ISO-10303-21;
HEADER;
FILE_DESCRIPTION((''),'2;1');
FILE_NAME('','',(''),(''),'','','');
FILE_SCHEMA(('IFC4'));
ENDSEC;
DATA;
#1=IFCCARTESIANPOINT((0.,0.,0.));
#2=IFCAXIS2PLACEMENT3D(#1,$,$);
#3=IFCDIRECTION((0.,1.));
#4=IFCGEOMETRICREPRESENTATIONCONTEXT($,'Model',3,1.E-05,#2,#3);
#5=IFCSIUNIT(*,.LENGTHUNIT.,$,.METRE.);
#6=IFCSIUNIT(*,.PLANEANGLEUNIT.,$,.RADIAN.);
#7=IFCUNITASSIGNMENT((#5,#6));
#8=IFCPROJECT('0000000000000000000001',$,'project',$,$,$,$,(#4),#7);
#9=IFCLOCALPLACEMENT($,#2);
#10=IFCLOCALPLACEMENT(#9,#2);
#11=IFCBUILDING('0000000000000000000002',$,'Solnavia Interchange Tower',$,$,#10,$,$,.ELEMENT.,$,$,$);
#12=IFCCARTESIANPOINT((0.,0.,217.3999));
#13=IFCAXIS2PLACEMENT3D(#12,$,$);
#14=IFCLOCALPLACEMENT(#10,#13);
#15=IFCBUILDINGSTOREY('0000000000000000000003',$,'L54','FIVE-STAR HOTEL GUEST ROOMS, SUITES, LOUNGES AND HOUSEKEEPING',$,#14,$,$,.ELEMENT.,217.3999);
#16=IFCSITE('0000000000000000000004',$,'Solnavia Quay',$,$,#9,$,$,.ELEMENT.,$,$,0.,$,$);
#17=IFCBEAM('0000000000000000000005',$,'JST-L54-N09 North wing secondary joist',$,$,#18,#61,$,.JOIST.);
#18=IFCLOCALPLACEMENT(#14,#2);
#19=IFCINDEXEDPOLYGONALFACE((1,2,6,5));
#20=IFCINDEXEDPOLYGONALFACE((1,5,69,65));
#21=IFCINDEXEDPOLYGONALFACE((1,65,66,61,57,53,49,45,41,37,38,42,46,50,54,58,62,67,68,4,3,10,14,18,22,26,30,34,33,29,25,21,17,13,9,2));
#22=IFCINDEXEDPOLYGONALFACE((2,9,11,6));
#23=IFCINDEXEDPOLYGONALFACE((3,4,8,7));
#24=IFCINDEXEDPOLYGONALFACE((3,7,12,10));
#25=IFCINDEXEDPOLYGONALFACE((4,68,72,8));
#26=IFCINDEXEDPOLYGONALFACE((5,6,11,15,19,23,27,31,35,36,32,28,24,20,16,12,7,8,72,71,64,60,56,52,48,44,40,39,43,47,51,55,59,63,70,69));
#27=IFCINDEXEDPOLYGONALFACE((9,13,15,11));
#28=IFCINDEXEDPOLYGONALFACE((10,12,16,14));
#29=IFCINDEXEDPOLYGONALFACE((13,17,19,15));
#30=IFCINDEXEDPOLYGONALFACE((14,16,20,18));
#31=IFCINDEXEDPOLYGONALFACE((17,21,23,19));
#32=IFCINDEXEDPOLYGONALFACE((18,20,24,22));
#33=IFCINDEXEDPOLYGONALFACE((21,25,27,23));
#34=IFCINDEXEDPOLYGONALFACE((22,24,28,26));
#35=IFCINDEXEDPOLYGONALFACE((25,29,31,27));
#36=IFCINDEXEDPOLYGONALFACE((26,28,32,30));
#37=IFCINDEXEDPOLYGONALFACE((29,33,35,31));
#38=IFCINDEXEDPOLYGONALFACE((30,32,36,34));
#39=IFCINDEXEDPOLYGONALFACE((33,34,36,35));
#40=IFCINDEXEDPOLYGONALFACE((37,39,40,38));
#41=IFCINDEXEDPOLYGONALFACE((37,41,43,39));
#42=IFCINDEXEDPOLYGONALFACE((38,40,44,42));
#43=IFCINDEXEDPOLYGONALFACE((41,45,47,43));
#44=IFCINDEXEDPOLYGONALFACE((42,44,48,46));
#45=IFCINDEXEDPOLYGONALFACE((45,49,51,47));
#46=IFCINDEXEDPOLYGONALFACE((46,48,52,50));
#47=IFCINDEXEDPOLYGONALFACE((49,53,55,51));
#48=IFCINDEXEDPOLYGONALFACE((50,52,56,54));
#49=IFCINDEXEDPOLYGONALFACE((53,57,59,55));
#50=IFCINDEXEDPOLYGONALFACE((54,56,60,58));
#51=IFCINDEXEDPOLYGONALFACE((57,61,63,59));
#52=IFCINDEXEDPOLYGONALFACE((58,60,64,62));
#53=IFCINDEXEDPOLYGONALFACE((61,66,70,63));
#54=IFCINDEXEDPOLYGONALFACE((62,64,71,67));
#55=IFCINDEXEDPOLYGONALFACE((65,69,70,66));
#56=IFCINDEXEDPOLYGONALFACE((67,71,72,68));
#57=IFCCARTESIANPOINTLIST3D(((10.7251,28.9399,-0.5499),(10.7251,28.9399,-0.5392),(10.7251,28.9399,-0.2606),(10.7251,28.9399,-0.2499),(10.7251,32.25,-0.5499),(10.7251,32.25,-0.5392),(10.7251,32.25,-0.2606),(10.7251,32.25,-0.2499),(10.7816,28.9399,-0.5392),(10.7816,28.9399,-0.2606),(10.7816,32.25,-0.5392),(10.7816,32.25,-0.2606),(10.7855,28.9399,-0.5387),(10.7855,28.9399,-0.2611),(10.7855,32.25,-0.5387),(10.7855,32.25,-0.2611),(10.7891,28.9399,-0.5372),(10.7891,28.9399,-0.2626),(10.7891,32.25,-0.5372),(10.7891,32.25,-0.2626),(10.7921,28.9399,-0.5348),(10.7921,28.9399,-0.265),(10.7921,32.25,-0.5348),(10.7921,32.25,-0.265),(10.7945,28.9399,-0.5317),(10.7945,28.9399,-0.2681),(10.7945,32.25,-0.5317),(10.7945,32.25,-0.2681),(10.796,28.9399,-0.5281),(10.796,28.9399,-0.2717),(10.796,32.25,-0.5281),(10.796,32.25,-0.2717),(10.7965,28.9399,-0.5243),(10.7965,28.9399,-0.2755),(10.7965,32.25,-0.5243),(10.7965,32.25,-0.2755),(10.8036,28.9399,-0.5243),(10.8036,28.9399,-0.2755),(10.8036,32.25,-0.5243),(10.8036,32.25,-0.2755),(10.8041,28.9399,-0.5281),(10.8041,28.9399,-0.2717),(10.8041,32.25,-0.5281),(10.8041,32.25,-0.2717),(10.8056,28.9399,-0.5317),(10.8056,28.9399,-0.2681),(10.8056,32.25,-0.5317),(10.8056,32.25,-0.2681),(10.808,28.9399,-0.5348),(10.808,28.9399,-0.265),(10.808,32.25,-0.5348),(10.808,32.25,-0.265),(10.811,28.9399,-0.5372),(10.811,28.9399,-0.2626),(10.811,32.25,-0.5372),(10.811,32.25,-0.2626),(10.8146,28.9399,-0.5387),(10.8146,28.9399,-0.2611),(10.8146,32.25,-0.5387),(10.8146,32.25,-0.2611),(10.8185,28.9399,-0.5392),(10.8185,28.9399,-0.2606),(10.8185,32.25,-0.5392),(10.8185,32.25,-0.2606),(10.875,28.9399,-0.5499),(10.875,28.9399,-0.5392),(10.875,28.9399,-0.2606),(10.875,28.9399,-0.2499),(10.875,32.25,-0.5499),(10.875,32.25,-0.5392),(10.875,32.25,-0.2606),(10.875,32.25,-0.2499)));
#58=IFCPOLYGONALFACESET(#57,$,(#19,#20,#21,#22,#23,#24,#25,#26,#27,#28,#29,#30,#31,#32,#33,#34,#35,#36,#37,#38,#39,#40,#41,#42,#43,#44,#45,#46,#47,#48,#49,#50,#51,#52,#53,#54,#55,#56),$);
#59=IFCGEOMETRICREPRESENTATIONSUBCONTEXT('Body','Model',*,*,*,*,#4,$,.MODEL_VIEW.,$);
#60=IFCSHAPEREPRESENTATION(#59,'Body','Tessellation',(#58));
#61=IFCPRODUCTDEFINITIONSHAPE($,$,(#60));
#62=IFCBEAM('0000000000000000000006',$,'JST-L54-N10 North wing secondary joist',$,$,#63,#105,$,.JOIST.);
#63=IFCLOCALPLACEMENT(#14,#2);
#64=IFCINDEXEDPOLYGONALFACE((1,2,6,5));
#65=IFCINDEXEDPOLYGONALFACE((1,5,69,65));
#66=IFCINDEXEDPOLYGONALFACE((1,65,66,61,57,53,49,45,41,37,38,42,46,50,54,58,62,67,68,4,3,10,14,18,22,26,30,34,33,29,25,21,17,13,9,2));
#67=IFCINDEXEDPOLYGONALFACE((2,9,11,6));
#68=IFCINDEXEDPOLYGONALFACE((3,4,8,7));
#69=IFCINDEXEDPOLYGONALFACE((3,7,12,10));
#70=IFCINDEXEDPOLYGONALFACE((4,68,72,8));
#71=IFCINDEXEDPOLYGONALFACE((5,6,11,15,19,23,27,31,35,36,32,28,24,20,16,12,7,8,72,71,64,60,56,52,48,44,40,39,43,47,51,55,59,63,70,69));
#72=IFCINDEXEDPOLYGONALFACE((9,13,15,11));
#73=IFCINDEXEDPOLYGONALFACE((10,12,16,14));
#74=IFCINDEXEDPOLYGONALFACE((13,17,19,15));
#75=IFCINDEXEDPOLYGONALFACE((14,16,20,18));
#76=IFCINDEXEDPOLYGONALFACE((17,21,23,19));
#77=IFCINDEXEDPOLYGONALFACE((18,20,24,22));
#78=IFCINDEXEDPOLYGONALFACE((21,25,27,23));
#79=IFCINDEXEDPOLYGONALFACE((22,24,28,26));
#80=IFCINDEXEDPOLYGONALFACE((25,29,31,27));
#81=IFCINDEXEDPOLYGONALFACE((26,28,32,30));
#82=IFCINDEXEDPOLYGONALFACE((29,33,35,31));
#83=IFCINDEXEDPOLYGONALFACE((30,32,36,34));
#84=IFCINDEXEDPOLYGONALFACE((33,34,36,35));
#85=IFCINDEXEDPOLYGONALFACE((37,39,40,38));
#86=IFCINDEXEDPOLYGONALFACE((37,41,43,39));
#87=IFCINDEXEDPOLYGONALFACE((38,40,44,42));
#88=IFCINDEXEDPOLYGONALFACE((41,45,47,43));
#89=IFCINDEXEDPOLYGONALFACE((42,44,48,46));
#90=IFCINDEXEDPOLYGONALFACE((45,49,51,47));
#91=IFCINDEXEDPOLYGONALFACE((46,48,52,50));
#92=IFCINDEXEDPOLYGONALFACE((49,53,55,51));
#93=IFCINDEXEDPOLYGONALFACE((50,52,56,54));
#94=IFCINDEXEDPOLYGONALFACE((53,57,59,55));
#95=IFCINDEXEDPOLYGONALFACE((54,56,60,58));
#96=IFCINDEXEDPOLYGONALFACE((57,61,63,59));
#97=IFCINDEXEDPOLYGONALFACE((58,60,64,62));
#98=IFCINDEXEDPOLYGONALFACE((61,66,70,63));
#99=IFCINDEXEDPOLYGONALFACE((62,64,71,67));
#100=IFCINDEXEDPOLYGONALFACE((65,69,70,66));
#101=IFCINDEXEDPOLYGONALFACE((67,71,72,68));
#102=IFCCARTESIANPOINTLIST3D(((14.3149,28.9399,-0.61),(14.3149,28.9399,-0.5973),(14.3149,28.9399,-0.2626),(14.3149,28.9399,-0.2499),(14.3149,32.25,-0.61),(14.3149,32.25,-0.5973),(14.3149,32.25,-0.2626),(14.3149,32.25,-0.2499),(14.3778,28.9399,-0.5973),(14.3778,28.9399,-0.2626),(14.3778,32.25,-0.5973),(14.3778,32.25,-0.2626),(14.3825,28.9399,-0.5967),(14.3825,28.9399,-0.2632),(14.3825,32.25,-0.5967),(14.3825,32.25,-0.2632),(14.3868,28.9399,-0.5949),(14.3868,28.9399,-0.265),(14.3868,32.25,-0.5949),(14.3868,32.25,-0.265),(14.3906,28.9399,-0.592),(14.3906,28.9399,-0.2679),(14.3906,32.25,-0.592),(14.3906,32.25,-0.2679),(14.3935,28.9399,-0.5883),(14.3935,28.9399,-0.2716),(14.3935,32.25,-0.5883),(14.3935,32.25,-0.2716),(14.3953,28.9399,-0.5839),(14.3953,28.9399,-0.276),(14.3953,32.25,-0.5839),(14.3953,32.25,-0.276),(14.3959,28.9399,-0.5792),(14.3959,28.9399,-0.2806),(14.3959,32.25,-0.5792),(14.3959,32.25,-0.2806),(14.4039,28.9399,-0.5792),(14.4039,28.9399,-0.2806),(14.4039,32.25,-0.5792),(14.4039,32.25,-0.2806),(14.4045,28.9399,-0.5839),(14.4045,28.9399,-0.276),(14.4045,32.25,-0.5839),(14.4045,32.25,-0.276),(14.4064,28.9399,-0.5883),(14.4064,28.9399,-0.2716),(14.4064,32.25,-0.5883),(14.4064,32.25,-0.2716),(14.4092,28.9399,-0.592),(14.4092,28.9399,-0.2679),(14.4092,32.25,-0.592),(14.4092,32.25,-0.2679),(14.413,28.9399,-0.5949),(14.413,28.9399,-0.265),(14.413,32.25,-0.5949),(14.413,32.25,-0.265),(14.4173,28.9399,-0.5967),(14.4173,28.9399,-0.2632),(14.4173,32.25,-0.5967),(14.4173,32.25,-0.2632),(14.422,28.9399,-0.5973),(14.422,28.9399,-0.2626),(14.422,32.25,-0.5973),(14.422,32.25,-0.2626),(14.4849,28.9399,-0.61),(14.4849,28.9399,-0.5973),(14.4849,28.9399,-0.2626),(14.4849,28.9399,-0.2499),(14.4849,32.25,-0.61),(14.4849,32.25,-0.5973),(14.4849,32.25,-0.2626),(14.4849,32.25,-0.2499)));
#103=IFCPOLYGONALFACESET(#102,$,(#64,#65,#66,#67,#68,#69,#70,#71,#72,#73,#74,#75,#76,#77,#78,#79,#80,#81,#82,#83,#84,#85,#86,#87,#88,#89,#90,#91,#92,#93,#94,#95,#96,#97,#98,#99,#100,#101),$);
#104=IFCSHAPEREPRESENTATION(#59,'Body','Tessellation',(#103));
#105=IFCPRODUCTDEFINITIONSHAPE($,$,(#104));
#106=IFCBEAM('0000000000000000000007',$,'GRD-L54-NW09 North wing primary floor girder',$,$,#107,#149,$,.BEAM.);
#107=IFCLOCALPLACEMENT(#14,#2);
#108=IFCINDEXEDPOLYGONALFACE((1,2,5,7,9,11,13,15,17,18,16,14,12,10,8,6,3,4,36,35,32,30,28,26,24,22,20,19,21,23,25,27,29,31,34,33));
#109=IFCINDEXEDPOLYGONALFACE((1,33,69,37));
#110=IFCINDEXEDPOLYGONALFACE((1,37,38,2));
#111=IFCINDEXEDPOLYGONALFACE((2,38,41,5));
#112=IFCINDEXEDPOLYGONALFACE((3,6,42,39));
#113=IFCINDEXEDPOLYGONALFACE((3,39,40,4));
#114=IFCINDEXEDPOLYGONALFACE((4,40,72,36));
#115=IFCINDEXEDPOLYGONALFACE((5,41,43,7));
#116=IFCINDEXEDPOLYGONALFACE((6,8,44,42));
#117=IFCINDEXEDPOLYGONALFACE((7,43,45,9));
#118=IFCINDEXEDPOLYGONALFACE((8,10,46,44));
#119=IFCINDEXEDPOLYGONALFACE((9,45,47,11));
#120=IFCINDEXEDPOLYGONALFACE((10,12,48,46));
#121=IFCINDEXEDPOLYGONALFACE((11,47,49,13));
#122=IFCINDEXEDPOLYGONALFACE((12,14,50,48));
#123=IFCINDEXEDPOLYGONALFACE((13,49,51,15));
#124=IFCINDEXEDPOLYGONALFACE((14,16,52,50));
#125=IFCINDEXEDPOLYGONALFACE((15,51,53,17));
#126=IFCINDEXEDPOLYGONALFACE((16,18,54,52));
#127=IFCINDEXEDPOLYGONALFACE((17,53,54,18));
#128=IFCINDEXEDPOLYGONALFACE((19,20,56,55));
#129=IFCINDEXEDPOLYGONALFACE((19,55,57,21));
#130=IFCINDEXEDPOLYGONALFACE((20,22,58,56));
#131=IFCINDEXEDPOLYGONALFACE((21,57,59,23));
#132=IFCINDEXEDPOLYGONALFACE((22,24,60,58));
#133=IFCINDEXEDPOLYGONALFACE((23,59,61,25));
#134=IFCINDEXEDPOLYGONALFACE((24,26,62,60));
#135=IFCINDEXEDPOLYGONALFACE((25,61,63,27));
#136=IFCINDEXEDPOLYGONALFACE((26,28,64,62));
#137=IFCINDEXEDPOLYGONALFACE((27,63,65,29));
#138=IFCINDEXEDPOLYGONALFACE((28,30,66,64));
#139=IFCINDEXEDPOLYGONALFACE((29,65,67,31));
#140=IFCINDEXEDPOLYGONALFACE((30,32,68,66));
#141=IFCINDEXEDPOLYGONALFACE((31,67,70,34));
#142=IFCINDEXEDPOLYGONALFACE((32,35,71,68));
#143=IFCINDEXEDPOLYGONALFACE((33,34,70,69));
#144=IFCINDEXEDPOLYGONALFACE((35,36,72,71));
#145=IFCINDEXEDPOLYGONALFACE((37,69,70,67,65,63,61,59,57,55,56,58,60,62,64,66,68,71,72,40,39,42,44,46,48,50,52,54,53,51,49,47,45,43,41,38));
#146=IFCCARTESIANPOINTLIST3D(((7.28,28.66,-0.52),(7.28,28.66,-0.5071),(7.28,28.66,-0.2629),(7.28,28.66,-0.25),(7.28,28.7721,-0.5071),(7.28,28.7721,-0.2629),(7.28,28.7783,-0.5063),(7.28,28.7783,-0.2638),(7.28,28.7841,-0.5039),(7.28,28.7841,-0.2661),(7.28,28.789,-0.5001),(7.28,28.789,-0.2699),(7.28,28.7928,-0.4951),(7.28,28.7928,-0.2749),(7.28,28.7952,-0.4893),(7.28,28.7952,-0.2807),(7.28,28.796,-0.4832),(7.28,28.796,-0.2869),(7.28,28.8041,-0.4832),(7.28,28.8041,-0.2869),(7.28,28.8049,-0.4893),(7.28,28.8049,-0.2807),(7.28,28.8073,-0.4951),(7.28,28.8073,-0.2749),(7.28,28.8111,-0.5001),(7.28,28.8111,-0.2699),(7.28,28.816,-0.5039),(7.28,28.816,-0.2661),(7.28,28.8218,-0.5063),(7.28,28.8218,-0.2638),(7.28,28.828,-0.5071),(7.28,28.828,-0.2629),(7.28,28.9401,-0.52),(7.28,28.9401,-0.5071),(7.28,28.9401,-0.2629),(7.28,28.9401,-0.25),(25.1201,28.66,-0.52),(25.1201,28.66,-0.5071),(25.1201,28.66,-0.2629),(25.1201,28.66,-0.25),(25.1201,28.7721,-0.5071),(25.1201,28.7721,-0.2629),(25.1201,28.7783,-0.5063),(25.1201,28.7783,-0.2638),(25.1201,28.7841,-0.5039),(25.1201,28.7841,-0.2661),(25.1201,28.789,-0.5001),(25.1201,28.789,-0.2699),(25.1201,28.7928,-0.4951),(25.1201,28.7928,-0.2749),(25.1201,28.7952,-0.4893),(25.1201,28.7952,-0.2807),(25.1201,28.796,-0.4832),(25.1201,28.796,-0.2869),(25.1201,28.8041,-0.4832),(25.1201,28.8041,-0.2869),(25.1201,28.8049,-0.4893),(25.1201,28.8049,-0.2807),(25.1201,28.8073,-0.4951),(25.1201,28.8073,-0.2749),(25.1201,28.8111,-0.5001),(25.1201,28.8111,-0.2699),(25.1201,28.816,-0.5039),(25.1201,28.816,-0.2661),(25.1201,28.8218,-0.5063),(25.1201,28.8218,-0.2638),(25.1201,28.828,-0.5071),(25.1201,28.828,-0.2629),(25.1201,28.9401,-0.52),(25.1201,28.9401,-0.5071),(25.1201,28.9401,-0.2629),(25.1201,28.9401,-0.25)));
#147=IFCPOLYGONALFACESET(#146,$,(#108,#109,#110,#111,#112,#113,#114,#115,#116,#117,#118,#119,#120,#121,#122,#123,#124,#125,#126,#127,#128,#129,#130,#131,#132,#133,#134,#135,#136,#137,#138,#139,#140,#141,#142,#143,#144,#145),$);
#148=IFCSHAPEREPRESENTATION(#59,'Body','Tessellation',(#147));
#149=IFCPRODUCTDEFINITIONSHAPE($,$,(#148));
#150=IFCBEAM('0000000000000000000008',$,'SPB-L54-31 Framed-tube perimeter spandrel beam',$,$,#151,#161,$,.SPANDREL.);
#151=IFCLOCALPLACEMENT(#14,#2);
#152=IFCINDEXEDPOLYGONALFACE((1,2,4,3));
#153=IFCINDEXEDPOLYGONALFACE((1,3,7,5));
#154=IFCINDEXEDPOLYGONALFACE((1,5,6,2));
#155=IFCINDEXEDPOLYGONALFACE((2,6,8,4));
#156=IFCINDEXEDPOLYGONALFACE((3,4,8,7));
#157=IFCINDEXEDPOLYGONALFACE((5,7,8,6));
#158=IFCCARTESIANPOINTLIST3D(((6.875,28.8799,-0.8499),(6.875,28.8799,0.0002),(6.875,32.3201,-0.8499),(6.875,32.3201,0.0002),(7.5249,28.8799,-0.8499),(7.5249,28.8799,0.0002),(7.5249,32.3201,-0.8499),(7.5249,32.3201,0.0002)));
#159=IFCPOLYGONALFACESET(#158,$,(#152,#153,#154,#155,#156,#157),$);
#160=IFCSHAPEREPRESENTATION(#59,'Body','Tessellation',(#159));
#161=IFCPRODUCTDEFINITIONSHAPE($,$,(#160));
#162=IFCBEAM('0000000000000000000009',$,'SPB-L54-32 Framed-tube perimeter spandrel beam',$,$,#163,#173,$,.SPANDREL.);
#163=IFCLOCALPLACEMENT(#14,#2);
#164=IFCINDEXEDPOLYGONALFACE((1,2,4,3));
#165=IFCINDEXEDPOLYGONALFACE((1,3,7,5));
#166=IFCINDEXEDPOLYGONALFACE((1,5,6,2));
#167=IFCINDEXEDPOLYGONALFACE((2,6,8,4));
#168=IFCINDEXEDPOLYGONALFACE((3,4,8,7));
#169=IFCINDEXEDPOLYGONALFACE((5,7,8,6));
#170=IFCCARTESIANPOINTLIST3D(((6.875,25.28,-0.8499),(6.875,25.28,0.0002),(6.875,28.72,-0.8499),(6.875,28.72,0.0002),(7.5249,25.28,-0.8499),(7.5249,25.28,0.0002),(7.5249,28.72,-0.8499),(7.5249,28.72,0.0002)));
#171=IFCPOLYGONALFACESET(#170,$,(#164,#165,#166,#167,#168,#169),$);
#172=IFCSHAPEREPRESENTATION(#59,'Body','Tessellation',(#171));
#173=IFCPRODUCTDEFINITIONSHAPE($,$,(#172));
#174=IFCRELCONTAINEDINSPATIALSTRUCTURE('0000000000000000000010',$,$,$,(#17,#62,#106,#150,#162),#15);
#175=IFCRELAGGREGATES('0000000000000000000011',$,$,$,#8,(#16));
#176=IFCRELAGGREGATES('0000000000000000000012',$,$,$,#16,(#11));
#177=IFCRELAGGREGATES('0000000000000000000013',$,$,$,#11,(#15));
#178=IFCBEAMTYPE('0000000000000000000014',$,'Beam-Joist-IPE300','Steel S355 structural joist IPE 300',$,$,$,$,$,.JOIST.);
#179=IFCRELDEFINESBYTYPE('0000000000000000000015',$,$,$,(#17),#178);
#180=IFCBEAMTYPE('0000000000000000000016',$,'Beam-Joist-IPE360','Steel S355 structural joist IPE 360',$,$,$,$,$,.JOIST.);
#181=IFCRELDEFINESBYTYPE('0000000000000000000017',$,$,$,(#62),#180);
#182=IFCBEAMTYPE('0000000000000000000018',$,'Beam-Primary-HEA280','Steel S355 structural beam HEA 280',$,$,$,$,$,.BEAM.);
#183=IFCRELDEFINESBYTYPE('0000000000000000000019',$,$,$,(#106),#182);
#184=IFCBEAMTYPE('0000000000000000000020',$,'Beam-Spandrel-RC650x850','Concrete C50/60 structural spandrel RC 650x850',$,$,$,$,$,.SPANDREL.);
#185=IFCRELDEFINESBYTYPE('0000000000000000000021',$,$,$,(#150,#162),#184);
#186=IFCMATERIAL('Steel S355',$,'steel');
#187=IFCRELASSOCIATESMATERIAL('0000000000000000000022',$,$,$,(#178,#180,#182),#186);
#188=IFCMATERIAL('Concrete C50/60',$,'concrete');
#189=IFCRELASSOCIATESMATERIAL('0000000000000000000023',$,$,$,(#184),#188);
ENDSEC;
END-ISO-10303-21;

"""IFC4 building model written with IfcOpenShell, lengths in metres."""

from ifc_helpers import new_model, si_unit, direction, frame, origin, origin_2d, place, context, subcontext, project, spatial, rectangle, i_section, extrude, material, material_profile, profile_set, type_object, element, save


model = new_model("IFC4")

# Units and contexts
model_context = context("Model", 3, precision=1e-05, world=origin(), true_north=direction((0.0, 1.0)))
body_context = subcontext(model_context, "Body", "Model", "MODEL_VIEW")
ifc_project = project(units=[si_unit("LENGTHUNIT", "METRE"), si_unit("PLANEANGLEUNIT", "RADIAN")], contexts=[model_context])

# Site, building, storey
site_placement = place(None, origin())
site = spatial("IfcSite", under=ifc_project, at=site_placement, Name="Solnavia Quay", CompositionType="ELEMENT", RefElevation=0.0)
building_placement = place(site_placement, origin())
building = spatial("IfcBuilding", under=site, at=building_placement, Name="Solnavia Interchange Tower", CompositionType="ELEMENT")
storey_placement = place(building_placement, frame((0.0, 0.0, 217.3999)))
storey = spatial("IfcBuildingStorey", under=building, at=storey_placement, Name="L54", Description="FIVE-STAR HOTEL GUEST ROOMS, SUITES, LOUNGES AND HOUSEKEEPING", CompositionType="ELEMENT", Elevation=217.3999)

# Shared definitions
ifc_material_1 = material(Name="Concrete C50/60", Category="concrete")

# Beams
ifc_material_2 = material(Name="Steel S355", Category="steel")
ifc_material_profile_1 = material_profile(ifc_material_2, i_section(OverallWidth=0.1499, OverallDepth=0.3, WebThickness=0.0071, FlangeThickness=0.0107, FilletRadius=0.0149, at=origin_2d()), Name="IPE 300")
ifc_profile_set_1 = profile_set([ifc_material_profile_1], Name="Steel S355")
beam_type_1 = type_object("IfcBeamType", Name="Beam-Joist-IPE300", Description="Steel S355 structural joist IPE 300", PredefinedType="JOIST", material=ifc_profile_set_1)
beam_1_placement = place(storey_placement, frame((10.8, 28.9399, -0.3999), z_axis=(0.0, 1.0, 0.0), x_axis=(-1.0, 0.0, 0.0)))
element("IfcBeam", 1, at=beam_1_placement, inside=storey, type_object=beam_type_1, Name="JST-L54-N09 North wing secondary joist", PredefinedType="JOIST", context=body_context, shape_type="SweptSolid", body=[
    extrude(i_section(OverallWidth=0.1499, OverallDepth=0.3, WebThickness=0.0071, FlangeThickness=0.0107, FilletRadius=0.0149, at=origin_2d()), origin(), (0.0, 0.0, 1.0), 3.3101),
])
ifc_material_profile_2 = material_profile(ifc_material_2, i_section(OverallWidth=0.1699, OverallDepth=0.3601, WebThickness=0.0081, FlangeThickness=0.0127, FilletRadius=0.0181, at=origin_2d()), Name="IPE 360")
ifc_profile_set_2 = profile_set([ifc_material_profile_2], Name="Steel S355")
beam_type_2 = type_object("IfcBeamType", Name="Beam-Joist-IPE360", Description="Steel S355 structural joist IPE 360", PredefinedType="JOIST", material=ifc_profile_set_2)
beam_2_placement = place(storey_placement, frame((14.3999, 28.9399, -0.4299), z_axis=(0.0, 1.0, 0.0), x_axis=(-1.0, 0.0, 0.0)))
element("IfcBeam", 2, at=beam_2_placement, inside=storey, type_object=beam_type_2, Name="JST-L54-N10 North wing secondary joist", PredefinedType="JOIST", context=body_context, shape_type="SweptSolid", body=[
    extrude(i_section(OverallWidth=0.1699, OverallDepth=0.3601, WebThickness=0.0081, FlangeThickness=0.0127, FilletRadius=0.0181, at=origin_2d()), origin(), (0.0, 0.0, 1.0), 3.3101),
])
ifc_material_profile_3 = material_profile(ifc_material_2, i_section(OverallWidth=0.28, OverallDepth=0.27, WebThickness=0.0081, FlangeThickness=0.0129, FilletRadius=0.0239, at=origin_2d()), Name="HEA 280")
ifc_profile_set_3 = profile_set([ifc_material_profile_3], Name="Steel S355")
beam_type_3 = type_object("IfcBeamType", Name="Beam-Primary-HEA280", Description="Steel S355 structural beam HEA 280", PredefinedType="BEAM", material=ifc_profile_set_3)
beam_3_placement = place(storey_placement, frame((7.28, 28.8, -0.385), z_axis=(1.0, 0.0, 0.0), x_axis=(0.0, 1.0, 0.0)))
element("IfcBeam", 3, at=beam_3_placement, inside=storey, type_object=beam_type_3, Name="GRD-L54-NW09 North wing primary floor girder", PredefinedType="BEAM", context=body_context, shape_type="SweptSolid", body=[
    extrude(i_section(OverallWidth=0.28, OverallDepth=0.27, WebThickness=0.0081, FlangeThickness=0.0129, FilletRadius=0.0239, at=origin_2d()), origin(), (0.0, 0.0, 1.0), 17.8401),
])
ifc_material_profile_4 = material_profile(ifc_material_1, rectangle(XDim=0.6499, YDim=0.8501, at=origin_2d()), Name="RC 650x850")
ifc_profile_set_4 = profile_set([ifc_material_profile_4], Name="Concrete C50/60")
beam_type_4 = type_object("IfcBeamType", Name="Beam-Spandrel-RC650x850", Description="Concrete C50/60 structural spandrel RC 650x850", PredefinedType="SPANDREL", material=ifc_profile_set_4)
beam_4_placement = place(storey_placement, frame((7.2, 32.3201, -0.4248), z_axis=(0.0, -1.0, 0.0), x_axis=(1.0, 0.0, 0.0)))
element("IfcBeam", 4, at=beam_4_placement, inside=storey, type_object=beam_type_4, Name="SPB-L54-31 Framed-tube perimeter spandrel beam", PredefinedType="SPANDREL", context=body_context, shape_type="SweptSolid", body=[
    extrude(rectangle(XDim=0.6499, YDim=0.8501, at=origin_2d()), origin(), (0.0, 0.0, 1.0), 3.4402),
])
beam_5_placement = place(storey_placement, frame((7.2, 28.72, -0.4248), z_axis=(0.0, -1.0, 0.0), x_axis=(1.0, 0.0, 0.0)))
element("IfcBeam", 5, at=beam_5_placement, inside=storey, type_object=beam_type_4, Name="SPB-L54-32 Framed-tube perimeter spandrel beam", PredefinedType="SPANDREL", context=body_context, shape_type="SweptSolid", body=[
    extrude(rectangle(XDim=0.6499, YDim=0.8501, at=origin_2d()), origin(), (0.0, 0.0, 1.0), 3.4399),
])

save(model, "model.ifc")
